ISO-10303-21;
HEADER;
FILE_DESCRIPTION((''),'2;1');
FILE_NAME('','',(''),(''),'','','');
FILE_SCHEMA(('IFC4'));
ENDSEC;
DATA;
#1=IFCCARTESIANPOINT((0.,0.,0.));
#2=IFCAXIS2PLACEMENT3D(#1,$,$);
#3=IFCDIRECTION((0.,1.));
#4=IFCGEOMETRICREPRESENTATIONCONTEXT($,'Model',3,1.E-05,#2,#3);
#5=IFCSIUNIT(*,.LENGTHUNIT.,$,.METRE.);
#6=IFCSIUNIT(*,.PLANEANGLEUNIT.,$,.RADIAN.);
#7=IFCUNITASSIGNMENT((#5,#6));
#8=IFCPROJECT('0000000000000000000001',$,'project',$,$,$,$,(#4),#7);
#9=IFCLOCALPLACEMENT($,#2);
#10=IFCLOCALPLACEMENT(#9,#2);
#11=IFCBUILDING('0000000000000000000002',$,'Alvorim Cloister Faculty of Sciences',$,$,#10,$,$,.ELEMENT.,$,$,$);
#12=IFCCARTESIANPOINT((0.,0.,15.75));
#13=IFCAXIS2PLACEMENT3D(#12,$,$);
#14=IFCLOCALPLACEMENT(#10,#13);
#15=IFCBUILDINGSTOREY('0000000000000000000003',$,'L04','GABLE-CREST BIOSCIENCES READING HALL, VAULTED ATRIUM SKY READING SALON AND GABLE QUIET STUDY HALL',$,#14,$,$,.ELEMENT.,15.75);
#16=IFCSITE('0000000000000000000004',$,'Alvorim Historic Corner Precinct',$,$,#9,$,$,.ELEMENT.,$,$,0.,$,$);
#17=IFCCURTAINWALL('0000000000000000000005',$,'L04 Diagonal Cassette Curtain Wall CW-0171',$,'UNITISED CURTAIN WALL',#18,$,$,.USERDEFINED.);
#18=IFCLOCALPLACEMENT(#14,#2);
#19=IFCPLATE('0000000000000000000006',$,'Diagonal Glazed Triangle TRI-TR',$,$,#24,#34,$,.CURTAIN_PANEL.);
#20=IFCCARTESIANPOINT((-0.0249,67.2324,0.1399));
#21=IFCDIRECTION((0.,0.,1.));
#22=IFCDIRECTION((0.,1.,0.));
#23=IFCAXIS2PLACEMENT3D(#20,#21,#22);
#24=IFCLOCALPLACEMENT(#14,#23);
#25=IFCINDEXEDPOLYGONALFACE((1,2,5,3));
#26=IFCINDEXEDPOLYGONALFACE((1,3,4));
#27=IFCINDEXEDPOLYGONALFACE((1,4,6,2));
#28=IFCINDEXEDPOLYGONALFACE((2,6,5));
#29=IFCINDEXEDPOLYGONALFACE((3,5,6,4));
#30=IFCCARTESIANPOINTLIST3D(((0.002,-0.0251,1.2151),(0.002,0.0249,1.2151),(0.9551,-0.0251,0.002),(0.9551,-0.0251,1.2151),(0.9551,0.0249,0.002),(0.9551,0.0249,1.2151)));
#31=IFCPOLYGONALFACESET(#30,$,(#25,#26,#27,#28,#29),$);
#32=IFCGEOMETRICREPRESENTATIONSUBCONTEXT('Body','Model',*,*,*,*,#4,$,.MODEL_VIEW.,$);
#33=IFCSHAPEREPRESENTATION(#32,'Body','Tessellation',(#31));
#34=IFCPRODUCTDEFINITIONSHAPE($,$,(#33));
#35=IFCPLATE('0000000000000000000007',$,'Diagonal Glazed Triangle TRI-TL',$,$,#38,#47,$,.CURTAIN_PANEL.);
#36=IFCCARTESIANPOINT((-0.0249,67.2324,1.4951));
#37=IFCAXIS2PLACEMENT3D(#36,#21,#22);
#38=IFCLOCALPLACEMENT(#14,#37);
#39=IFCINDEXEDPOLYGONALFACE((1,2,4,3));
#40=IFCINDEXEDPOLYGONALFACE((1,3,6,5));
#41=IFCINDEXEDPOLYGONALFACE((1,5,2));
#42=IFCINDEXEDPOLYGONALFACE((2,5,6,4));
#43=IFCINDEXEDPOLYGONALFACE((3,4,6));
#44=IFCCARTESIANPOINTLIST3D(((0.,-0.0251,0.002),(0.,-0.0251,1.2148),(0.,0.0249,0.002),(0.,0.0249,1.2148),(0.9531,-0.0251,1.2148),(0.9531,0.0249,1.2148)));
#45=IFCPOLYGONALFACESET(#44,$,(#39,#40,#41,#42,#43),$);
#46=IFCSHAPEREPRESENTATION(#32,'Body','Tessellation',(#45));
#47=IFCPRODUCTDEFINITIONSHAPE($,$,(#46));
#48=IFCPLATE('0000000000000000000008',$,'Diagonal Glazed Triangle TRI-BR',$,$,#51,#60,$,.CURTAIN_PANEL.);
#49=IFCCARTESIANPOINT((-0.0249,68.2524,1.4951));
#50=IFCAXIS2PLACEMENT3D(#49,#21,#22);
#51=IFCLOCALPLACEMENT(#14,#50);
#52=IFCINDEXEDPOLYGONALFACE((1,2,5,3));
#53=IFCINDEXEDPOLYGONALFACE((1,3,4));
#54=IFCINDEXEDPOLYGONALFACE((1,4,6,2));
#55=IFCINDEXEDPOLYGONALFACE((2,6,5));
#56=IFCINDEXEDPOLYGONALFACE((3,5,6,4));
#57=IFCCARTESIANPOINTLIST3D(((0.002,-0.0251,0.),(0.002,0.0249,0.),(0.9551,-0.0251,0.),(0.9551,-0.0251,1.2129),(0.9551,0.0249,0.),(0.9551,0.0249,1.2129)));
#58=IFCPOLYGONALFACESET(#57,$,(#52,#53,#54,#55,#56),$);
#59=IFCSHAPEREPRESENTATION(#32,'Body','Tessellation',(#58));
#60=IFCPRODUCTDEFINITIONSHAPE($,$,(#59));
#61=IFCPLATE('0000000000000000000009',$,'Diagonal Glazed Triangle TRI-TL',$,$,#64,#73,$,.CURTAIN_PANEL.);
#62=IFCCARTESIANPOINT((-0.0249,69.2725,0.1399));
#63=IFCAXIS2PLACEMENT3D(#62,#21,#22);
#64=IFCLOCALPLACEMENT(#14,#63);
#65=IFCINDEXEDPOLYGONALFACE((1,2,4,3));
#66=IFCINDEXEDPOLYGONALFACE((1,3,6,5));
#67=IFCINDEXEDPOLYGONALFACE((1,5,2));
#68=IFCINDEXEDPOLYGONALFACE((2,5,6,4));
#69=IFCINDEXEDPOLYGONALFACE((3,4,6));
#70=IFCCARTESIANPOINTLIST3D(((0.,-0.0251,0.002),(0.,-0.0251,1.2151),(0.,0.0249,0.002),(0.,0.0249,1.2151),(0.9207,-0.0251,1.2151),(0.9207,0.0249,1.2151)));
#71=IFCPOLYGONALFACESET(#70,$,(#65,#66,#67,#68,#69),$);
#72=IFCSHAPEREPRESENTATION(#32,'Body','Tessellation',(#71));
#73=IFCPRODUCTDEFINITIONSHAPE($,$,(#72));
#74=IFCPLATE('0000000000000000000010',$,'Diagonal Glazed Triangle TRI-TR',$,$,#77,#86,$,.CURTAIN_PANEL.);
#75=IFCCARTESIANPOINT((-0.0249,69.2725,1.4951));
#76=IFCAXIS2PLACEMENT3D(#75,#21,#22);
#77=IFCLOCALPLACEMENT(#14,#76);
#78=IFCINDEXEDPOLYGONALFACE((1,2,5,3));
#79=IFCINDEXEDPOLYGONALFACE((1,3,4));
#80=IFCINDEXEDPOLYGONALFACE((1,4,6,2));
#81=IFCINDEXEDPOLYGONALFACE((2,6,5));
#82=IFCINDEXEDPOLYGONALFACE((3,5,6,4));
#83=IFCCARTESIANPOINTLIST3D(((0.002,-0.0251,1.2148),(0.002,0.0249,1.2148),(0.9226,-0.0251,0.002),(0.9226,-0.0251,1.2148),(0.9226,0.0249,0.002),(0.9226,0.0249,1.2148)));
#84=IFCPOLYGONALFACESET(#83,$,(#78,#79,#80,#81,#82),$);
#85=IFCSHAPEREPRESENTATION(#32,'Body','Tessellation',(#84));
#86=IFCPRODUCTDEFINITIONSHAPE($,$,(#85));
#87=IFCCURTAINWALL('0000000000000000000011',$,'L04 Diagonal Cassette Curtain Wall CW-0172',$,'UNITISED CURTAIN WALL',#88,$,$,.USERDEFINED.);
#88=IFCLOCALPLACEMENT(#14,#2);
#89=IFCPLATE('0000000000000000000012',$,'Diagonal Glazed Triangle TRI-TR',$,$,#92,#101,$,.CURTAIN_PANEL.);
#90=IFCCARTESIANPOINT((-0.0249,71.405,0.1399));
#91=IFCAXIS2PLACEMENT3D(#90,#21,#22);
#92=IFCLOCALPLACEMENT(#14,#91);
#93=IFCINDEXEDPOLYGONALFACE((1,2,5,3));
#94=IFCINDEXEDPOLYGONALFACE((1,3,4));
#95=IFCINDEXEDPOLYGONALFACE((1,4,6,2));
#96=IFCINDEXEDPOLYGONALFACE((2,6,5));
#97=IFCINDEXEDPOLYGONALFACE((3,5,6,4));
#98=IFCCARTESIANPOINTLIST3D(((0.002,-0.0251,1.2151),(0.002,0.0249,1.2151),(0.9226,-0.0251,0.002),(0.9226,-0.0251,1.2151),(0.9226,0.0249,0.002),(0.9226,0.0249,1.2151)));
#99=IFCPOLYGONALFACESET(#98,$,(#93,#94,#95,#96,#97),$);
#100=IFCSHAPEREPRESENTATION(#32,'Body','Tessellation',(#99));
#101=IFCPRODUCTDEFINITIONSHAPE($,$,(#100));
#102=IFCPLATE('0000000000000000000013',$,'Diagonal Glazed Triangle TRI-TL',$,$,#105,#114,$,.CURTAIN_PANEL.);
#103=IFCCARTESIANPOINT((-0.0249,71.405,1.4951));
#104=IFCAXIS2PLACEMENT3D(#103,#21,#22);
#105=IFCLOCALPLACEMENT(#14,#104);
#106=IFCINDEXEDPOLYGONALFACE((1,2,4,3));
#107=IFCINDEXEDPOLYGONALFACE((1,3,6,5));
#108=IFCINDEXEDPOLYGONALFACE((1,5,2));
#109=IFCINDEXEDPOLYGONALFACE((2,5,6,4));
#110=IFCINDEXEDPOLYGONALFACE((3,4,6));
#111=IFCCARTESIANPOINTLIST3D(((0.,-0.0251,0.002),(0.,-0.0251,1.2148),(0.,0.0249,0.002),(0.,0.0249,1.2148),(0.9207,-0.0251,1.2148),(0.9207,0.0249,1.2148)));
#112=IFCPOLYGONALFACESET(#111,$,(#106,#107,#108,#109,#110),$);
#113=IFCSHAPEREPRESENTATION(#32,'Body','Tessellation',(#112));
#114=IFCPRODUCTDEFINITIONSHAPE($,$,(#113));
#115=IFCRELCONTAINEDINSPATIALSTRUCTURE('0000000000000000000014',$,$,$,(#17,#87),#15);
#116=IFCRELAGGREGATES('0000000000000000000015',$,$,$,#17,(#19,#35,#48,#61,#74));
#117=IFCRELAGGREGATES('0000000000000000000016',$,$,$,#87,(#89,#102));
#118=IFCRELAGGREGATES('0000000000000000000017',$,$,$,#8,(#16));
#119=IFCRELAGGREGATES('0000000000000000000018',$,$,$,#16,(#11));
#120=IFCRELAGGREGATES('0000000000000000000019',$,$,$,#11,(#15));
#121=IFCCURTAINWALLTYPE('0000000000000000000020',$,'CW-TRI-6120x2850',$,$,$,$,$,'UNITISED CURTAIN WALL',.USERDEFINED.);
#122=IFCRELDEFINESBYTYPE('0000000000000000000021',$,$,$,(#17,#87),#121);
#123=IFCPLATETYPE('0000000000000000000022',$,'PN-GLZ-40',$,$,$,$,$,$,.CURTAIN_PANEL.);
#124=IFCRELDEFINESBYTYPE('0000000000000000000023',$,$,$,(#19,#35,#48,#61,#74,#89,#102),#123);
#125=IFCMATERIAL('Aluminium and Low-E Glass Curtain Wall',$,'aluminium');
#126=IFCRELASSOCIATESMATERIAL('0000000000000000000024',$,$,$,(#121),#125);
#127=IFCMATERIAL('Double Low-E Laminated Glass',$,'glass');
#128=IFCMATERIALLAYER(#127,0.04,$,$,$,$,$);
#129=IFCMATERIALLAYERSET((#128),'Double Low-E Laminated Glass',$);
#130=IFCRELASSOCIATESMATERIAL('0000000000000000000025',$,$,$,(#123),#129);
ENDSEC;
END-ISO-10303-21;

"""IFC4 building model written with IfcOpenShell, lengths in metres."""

from ifc_helpers import new_model, si_unit, direction, frame, origin, place, context, subcontext, project, spatial, polyline, outline, extrude, material, layer, layer_set, type_object, element, aggregate, save


model = new_model("IFC4")

# Units and contexts
model_context = context("Model", 3, precision=1e-05, world=origin(), true_north=direction((0.0, 1.0)))
body_context = subcontext(model_context, "Body", "Model", "MODEL_VIEW")
ifc_project = project(units=[si_unit("LENGTHUNIT", "METRE"), si_unit("PLANEANGLEUNIT", "RADIAN")], contexts=[model_context])

# Site, building, storey
site_placement = place(None, origin())
site = spatial("IfcSite", under=ifc_project, at=site_placement, Name="Alvorim Historic Corner Precinct", CompositionType="ELEMENT", RefElevation=0.0)
building_placement = place(site_placement, origin())
building = spatial("IfcBuilding", under=site, at=building_placement, Name="Alvorim Cloister Faculty of Sciences", CompositionType="ELEMENT")
storey_placement = place(building_placement, frame((0.0, 0.0, 15.75)))
storey = spatial("IfcBuildingStorey", under=building, at=storey_placement, Name="L04", Description="GABLE-CREST BIOSCIENCES READING HALL, VAULTED ATRIUM SKY READING SALON AND GABLE QUIET STUDY HALL", CompositionType="ELEMENT", Elevation=15.75)

# Curtain wall, plates
ifc_material_1 = material(Name="Aluminium and Low-E Glass Curtain Wall", Category="aluminium")
curtain_wall_type = type_object("IfcCurtainWallType", Name="CW-TRI-6120x2850", ElementType="UNITISED CURTAIN WALL", PredefinedType="USERDEFINED", material=ifc_material_1)
curtain_wall_1_placement = place(storey_placement, origin())
curtain_wall_1 = element("IfcCurtainWall", 1, at=curtain_wall_1_placement, inside=storey, type_object=curtain_wall_type, Name="L04 Diagonal Cassette Curtain Wall CW-0171", ObjectType="UNITISED CURTAIN WALL", PredefinedType="USERDEFINED")
ifc_material_2 = material(Name="Double Low-E Laminated Glass", Category="glass")
ifc_layer_1 = layer(ifc_material_2, 0.04)
ifc_layer_set_1 = layer_set([ifc_layer_1], Name="Double Low-E Laminated Glass")
plate_type = type_object("IfcPlateType", Name="PN-GLZ-40", PredefinedType="CURTAIN_PANEL", material=ifc_layer_set_1)
plate_1_placement = place(storey_placement, frame((-0.0249, 67.2324, 0.1399), z_axis=(0.0, 0.0, 1.0), x_axis=(0.0, 1.0, 0.0)))
plate_1 = element("IfcPlate", 2, at=plate_1_placement, type_object=plate_type, Name="Diagonal Glazed Triangle TRI-TR", PredefinedType="CURTAIN_PANEL", context=body_context, shape_type="SweptSolid", body=[
    extrude(outline(polyline([(0.9551, 0.002), (0.9551, 1.2151), (0.002, 1.2151), (0.9551, 0.002)])), frame((0.0, 0.0249, 0.0), z_axis=(0.0, -1.0, 0.0), x_axis=(1.0, 0.0, 0.0)), (0.0, 0.0, 1.0), 0.05),
])
plate_2_placement = place(storey_placement, frame((-0.0249, 67.2324, 1.4951), z_axis=(0.0, 0.0, 1.0), x_axis=(0.0, 1.0, 0.0)))
plate_2 = element("IfcPlate", 3, at=plate_2_placement, type_object=plate_type, Name="Diagonal Glazed Triangle TRI-TL", PredefinedType="CURTAIN_PANEL", context=body_context, shape_type="SweptSolid", body=[
    extrude(outline(polyline([(0.9531, 1.2148), (0.0, 1.2148), (0.0, 0.002), (0.9531, 1.2148)])), frame((0.0, 0.0249, 0.0), z_axis=(0.0, -1.0, 0.0), x_axis=(1.0, 0.0, 0.0)), (0.0, 0.0, 1.0), 0.05),
])
plate_3_placement = place(storey_placement, frame((-0.0249, 68.2524, 1.4951), z_axis=(0.0, 0.0, 1.0), x_axis=(0.0, 1.0, 0.0)))
plate_3 = element("IfcPlate", 4, at=plate_3_placement, type_object=plate_type, Name="Diagonal Glazed Triangle TRI-BR", PredefinedType="CURTAIN_PANEL", context=body_context, shape_type="SweptSolid", body=[
    extrude(outline(polyline([(0.002, 0.0), (0.9551, 0.0), (0.9551, 1.2129), (0.002, 0.0)])), frame((0.0, 0.0249, 0.0), z_axis=(0.0, -1.0, 0.0), x_axis=(1.0, 0.0, 0.0)), (0.0, 0.0, 1.0), 0.05),
])
plate_4_placement = place(storey_placement, frame((-0.0249, 69.2725, 0.1399), z_axis=(0.0, 0.0, 1.0), x_axis=(0.0, 1.0, 0.0)))
plate_4 = element("IfcPlate", 5, at=plate_4_placement, type_object=plate_type, Name="Diagonal Glazed Triangle TRI-TL", PredefinedType="CURTAIN_PANEL", context=body_context, shape_type="SweptSolid", body=[
    extrude(outline(polyline([(0.9207, 1.2151), (0.0, 1.2151), (0.0, 0.002), (0.9207, 1.2151)])), frame((0.0, 0.0249, 0.0), z_axis=(0.0, -1.0, 0.0), x_axis=(1.0, 0.0, 0.0)), (0.0, 0.0, 1.0), 0.05),
])
plate_5_placement = place(storey_placement, frame((-0.0249, 69.2725, 1.4951), z_axis=(0.0, 0.0, 1.0), x_axis=(0.0, 1.0, 0.0)))
plate_5 = element("IfcPlate", 6, at=plate_5_placement, type_object=plate_type, Name="Diagonal Glazed Triangle TRI-TR", PredefinedType="CURTAIN_PANEL", context=body_context, shape_type="SweptSolid", body=[
    extrude(outline(polyline([(0.9226, 0.002), (0.9226, 1.2148), (0.002, 1.2148), (0.9226, 0.002)])), frame((0.0, 0.0249, 0.0), z_axis=(0.0, -1.0, 0.0), x_axis=(1.0, 0.0, 0.0)), (0.0, 0.0, 1.0), 0.05),
])
aggregate(curtain_wall_1, [plate_1, plate_2, plate_3, plate_4, plate_5])

# Curtain wall, plates
curtain_wall_2_placement = place(storey_placement, origin())
curtain_wall_2 = element("IfcCurtainWall", 7, at=curtain_wall_2_placement, inside=storey, type_object=curtain_wall_type, Name="L04 Diagonal Cassette Curtain Wall CW-0172", ObjectType="UNITISED CURTAIN WALL", PredefinedType="USERDEFINED")
plate_6_placement = place(storey_placement, frame((-0.0249, 71.405, 0.1399), z_axis=(0.0, 0.0, 1.0), x_axis=(0.0, 1.0, 0.0)))
plate_6 = element("IfcPlate", 8, at=plate_6_placement, type_object=plate_type, Name="Diagonal Glazed Triangle TRI-TR", PredefinedType="CURTAIN_PANEL", context=body_context, shape_type="SweptSolid", body=[
    extrude(outline(polyline([(0.9226, 0.002), (0.9226, 1.2151), (0.002, 1.2151), (0.9226, 0.002)])), frame((0.0, 0.0249, 0.0), z_axis=(0.0, -1.0, 0.0), x_axis=(1.0, 0.0, 0.0)), (0.0, 0.0, 1.0), 0.05),
])
plate_7_placement = place(storey_placement, frame((-0.0249, 71.405, 1.4951), z_axis=(0.0, 0.0, 1.0), x_axis=(0.0, 1.0, 0.0)))
plate_7 = element("IfcPlate", 9, at=plate_7_placement, type_object=plate_type, Name="Diagonal Glazed Triangle TRI-TL", PredefinedType="CURTAIN_PANEL", context=body_context, shape_type="SweptSolid", body=[
    extrude(outline(polyline([(0.9207, 1.2148), (0.0, 1.2148), (0.0, 0.002), (0.9207, 1.2148)])), frame((0.0, 0.0249, 0.0), z_axis=(0.0, -1.0, 0.0), x_axis=(1.0, 0.0, 0.0)), (0.0, 0.0, 1.0), 0.05),
])
aggregate(curtain_wall_2, [plate_6, plate_7])

save(model, "model.ifc")
